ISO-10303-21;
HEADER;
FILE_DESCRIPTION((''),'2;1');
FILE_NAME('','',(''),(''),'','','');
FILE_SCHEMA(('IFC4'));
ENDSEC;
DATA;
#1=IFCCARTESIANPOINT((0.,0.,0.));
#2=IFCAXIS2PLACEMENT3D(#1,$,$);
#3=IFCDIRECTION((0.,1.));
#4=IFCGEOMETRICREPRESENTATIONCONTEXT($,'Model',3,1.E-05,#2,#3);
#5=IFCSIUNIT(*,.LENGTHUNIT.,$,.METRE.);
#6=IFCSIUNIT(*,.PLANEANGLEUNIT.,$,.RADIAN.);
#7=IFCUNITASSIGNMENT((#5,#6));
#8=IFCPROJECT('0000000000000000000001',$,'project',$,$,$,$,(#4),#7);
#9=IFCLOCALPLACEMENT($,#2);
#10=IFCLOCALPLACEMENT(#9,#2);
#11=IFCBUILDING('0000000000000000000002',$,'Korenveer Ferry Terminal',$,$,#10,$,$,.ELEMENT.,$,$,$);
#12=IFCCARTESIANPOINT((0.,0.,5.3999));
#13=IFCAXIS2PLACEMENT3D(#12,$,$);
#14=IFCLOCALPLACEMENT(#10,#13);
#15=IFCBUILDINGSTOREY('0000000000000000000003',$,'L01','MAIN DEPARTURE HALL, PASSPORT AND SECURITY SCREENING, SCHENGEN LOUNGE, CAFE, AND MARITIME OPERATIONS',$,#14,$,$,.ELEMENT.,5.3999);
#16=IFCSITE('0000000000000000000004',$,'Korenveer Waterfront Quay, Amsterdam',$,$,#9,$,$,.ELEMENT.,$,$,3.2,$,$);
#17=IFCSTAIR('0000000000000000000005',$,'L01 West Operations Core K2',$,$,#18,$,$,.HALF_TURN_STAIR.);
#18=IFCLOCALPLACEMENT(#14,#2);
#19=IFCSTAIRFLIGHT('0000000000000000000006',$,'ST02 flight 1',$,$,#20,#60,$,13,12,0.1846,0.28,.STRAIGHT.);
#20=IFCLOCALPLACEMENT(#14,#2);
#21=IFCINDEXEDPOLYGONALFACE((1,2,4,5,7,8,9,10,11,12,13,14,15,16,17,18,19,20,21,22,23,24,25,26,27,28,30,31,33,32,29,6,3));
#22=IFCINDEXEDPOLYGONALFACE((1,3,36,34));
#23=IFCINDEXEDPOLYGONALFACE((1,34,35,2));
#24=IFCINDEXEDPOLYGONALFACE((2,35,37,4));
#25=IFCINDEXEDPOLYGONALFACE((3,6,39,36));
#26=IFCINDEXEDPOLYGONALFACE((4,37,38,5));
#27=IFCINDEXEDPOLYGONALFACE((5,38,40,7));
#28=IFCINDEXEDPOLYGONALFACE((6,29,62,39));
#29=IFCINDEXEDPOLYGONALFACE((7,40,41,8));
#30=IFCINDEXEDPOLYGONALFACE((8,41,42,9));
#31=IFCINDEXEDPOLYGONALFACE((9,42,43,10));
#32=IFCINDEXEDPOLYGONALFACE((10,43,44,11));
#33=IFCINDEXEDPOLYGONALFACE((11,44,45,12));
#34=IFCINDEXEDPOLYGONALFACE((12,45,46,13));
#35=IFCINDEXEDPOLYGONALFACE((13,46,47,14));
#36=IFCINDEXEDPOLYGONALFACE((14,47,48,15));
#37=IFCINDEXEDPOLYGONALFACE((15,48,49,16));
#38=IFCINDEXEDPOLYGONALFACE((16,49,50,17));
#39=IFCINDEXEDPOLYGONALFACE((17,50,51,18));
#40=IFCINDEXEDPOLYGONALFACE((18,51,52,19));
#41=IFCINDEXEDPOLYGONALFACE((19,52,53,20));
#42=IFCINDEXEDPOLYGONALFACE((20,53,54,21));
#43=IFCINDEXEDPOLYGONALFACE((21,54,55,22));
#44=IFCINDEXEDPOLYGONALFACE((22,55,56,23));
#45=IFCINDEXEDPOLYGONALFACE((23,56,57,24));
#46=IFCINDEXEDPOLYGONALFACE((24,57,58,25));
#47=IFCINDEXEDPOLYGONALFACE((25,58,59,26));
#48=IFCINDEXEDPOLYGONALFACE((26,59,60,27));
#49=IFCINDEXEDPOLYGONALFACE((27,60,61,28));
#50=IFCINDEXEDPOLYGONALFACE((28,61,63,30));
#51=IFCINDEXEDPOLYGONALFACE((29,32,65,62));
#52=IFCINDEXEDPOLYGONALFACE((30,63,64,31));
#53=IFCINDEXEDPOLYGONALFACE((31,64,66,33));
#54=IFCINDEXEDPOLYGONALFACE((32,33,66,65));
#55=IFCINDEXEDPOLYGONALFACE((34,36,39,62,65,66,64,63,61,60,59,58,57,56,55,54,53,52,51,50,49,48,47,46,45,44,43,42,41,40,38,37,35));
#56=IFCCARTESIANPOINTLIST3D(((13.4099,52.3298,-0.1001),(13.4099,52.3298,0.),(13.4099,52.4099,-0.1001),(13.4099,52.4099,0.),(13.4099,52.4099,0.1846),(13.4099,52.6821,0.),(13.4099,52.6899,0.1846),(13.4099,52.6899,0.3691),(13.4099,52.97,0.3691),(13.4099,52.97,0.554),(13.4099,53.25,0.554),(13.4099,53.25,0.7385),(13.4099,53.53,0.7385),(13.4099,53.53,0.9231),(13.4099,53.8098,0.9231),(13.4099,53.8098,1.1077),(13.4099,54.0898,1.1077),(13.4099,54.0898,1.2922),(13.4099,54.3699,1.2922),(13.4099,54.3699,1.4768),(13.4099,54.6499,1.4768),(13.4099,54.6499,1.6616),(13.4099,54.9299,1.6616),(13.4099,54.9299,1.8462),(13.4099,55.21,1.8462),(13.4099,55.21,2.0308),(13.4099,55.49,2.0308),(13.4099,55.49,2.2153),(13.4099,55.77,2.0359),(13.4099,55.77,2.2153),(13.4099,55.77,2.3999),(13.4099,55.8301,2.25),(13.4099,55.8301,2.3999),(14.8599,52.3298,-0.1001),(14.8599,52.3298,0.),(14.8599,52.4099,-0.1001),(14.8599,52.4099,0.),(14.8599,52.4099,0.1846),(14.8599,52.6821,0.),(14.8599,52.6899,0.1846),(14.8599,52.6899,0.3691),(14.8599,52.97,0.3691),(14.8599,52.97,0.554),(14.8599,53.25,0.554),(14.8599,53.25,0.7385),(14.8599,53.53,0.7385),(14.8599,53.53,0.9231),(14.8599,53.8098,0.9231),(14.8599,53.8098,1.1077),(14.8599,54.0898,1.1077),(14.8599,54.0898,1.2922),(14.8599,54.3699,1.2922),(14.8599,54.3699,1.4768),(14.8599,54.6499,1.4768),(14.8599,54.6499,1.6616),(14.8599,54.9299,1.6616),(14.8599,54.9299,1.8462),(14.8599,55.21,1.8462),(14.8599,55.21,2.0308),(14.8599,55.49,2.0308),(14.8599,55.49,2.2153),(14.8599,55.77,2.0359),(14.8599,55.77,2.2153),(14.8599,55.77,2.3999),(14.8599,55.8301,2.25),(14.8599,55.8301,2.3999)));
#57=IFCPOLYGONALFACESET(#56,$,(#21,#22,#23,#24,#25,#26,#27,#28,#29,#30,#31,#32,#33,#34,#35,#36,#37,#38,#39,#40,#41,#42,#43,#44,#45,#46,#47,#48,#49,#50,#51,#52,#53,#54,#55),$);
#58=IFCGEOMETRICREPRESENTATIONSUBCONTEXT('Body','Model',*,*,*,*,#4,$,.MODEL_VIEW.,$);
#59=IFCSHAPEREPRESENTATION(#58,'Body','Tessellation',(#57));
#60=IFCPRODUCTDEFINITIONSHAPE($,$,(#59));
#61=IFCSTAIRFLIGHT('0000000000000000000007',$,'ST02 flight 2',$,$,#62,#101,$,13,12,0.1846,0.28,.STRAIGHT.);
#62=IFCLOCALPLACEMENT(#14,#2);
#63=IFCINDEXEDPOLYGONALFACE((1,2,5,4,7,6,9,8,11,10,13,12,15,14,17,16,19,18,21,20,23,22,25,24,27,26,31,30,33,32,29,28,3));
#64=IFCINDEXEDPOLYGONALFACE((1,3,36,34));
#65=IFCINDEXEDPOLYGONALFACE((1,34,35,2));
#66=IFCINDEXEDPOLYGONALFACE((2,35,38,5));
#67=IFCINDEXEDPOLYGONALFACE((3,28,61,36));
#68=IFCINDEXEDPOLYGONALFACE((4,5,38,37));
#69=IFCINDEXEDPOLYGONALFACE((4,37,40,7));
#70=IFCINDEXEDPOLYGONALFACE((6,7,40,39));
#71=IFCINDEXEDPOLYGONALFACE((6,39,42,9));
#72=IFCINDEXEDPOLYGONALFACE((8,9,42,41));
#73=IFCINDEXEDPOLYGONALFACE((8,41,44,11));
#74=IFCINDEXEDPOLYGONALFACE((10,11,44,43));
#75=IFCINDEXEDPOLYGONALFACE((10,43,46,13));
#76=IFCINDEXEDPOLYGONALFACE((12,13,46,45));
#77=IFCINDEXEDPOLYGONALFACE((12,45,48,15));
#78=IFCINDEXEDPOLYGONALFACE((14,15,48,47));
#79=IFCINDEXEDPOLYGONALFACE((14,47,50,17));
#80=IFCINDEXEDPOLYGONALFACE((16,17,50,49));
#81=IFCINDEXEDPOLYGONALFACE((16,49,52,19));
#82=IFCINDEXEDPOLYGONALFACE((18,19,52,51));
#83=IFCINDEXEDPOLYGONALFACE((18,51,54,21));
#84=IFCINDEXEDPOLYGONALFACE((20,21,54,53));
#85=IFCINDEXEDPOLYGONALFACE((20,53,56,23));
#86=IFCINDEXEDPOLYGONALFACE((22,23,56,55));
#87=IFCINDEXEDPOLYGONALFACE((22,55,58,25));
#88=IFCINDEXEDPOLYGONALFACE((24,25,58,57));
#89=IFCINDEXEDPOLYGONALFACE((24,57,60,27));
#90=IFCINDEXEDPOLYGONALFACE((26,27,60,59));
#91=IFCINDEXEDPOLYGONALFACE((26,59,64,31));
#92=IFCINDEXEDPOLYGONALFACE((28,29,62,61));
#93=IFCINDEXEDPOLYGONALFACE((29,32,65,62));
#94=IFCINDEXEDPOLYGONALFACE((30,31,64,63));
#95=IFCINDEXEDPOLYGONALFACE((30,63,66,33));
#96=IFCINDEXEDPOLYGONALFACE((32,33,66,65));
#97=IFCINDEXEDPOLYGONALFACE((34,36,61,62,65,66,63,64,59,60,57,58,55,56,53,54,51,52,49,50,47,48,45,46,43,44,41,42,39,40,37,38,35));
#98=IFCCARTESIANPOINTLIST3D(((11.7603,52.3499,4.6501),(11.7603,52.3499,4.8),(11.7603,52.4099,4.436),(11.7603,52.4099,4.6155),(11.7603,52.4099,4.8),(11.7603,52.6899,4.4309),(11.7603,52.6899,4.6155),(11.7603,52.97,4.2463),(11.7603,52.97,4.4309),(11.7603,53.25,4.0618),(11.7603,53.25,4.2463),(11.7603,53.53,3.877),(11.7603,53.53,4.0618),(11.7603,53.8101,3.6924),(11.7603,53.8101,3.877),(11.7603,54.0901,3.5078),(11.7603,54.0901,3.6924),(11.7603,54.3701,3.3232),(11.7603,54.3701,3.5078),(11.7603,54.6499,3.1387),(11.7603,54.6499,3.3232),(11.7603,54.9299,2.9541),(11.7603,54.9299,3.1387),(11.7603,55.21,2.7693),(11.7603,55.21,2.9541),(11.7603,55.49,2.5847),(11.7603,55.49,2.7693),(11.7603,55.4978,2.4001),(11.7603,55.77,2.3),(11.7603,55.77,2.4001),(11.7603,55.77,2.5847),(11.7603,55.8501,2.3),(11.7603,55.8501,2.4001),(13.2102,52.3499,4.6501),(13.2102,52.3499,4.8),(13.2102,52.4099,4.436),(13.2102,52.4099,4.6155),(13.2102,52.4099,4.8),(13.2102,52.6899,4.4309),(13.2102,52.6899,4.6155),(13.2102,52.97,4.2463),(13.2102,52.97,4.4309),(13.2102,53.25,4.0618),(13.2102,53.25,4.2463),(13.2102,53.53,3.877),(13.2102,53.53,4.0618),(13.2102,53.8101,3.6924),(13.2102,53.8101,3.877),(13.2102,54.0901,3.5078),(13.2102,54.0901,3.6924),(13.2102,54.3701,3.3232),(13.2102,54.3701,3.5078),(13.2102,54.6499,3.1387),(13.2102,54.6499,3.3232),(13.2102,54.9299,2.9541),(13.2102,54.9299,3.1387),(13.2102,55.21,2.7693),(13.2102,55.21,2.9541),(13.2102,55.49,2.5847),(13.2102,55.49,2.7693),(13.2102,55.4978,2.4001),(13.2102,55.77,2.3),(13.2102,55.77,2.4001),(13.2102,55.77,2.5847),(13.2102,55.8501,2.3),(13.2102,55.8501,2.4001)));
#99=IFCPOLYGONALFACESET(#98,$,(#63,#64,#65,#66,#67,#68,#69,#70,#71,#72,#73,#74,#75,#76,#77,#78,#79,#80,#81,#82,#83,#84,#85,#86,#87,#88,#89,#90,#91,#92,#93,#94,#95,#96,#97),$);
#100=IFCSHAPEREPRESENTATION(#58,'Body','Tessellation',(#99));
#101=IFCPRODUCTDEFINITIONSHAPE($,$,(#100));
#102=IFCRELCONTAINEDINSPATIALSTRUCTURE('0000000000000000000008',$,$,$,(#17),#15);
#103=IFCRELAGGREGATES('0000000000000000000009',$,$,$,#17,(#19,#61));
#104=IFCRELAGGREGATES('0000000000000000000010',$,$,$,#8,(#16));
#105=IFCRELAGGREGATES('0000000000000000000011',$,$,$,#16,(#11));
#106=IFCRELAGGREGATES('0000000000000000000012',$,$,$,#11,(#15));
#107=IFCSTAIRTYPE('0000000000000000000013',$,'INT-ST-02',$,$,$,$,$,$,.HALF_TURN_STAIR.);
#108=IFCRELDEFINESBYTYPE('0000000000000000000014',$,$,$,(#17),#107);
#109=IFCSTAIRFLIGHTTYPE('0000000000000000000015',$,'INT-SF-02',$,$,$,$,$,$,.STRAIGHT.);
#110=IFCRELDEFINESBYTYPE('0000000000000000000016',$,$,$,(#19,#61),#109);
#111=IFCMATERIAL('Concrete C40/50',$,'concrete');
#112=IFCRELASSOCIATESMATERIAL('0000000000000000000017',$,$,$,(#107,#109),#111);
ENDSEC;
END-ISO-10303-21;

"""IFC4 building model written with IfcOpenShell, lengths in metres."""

from ifc_helpers import new_model, si_unit, direction, frame, origin, place, context, subcontext, project, spatial, polyline, outline, extrude, material, type_object, element, aggregate, save


model = new_model("IFC4")

# Units and contexts
model_context = context("Model", 3, precision=1e-05, world=origin(), true_north=direction((0.0, 1.0)))
body_context = subcontext(model_context, "Body", "Model", "MODEL_VIEW")
ifc_project = project(units=[si_unit("LENGTHUNIT", "METRE"), si_unit("PLANEANGLEUNIT", "RADIAN")], contexts=[model_context])

# Site, building, storey
site_placement = place(None, origin())
site = spatial("IfcSite", under=ifc_project, at=site_placement, Name="Korenveer Waterfront Quay, Amsterdam", CompositionType="ELEMENT", RefElevation=3.2)
building_placement = place(site_placement, origin())
building = spatial("IfcBuilding", under=site, at=building_placement, Name="Korenveer Ferry Terminal", CompositionType="ELEMENT")
storey_placement = place(building_placement, frame((0.0, 0.0, 5.3999)))
storey = spatial("IfcBuildingStorey", under=building, at=storey_placement, Name="L01", Description="MAIN DEPARTURE HALL, PASSPORT AND SECURITY SCREENING, SCHENGEN LOUNGE, CAFE, AND MARITIME OPERATIONS", CompositionType="ELEMENT", Elevation=5.3999)

# Stair, stair flights
ifc_material_1 = material(Name="Concrete C40/50", Category="concrete")
stair_type = type_object("IfcStairType", Name="INT-ST-02", PredefinedType="HALF_TURN_STAIR", material=ifc_material_1)
stair_placement = place(storey_placement, frame((14.135, 52.4099, 0.0)))
stair = element("IfcStair", 1, at=stair_placement, inside=storey, type_object=stair_type, Name="L01 West Operations Core K2", PredefinedType="HALF_TURN_STAIR")
stair_flight_type = type_object("IfcStairFlightType", Name="INT-SF-02", PredefinedType="STRAIGHT", material=ifc_material_1)
stair_flight_1_placement = place(storey_placement, frame((14.135, 52.4099, 0.0), z_axis=(0.0, 0.0, 1.0), x_axis=(0.0, 1.0, 0.0)))
stair_flight_1 = element("IfcStairFlight", 2, at=stair_flight_1_placement, type_object=stair_flight_type, Name="ST02 flight 1", NumberOfRisers=13, NumberOfTreads=12, PredefinedType="STRAIGHT", RiserHeight=0.1846, TreadLength=0.28, context=body_context, shape_type="SweptSolid", body=[
    extrude(outline(polyline([(-0.0801, 0.0), (0.0, 0.0), (0.0, 0.1846), (0.28, 0.1846), (0.28, 0.3691), (0.5601, 0.3691), (0.5601, 0.554), (0.8401, 0.554), (0.8401, 0.7385), (1.1201, 0.7385), (1.1201, 0.9231), (1.3999, 0.9231), (1.3999, 1.1077), (1.6799, 1.1077), (1.6799, 1.2922), (1.96, 1.2922), (1.96, 1.4768), (2.24, 1.4768), (2.24, 1.6616), (2.52, 1.6616), (2.52, 1.8462), (2.8, 1.8462), (2.8, 2.0308), (3.0801, 2.0308), (3.0801, 2.2153), (3.3601, 2.2153), (3.3601, 2.3999), (3.4202, 2.3999), (3.4202, 2.25), (3.3601, 2.0359), (0.2722, 0.0), (0.0, -0.1001), (-0.0801, -0.1001), (-0.0801, 0.0)])), frame((0.0, 0.7251, 0.0), z_axis=(0.0, -1.0, 0.0), x_axis=(1.0, 0.0, 0.0)), (0.0, 0.0, 1.0), 1.45),
])
stair_flight_2_placement = place(storey_placement, frame((12.4851, 55.77, 2.4001), z_axis=(0.0, 0.0, 1.0), x_axis=(0.0, -1.0, 0.0)))
stair_flight_2 = element("IfcStairFlight", 3, at=stair_flight_2_placement, type_object=stair_flight_type, Name="ST02 flight 2", NumberOfRisers=13, NumberOfTreads=12, PredefinedType="STRAIGHT", RiserHeight=0.1846, TreadLength=0.28, context=body_context, shape_type="SweptSolid", body=[
    extrude(outline(polyline([(-0.0801, 0.0), (0.0, 0.0), (0.0, 0.1846), (0.28, 0.1846), (0.28, 0.3691), (0.5601, 0.3691), (0.5601, 0.554), (0.8401, 0.554), (0.8401, 0.7385), (1.1201, 0.7385), (1.1201, 0.9231), (1.3999, 0.9231), (1.3999, 1.1077), (1.6799, 1.1077), (1.6799, 1.2922), (1.96, 1.2922), (1.96, 1.4768), (2.24, 1.4768), (2.24, 1.6616), (2.52, 1.6616), (2.52, 1.8462), (2.8, 1.8462), (2.8, 2.0308), (3.0801, 2.0308), (3.0801, 2.2153), (3.3601, 2.2153), (3.3601, 2.3999), (3.4202, 2.3999), (3.4202, 2.25), (3.3601, 2.0359), (0.2722, 0.0), (0.0, -0.1001), (-0.0801, -0.1001), (-0.0801, 0.0)])), frame((0.0, 0.7251, 0.0), z_axis=(0.0, -1.0, 0.0), x_axis=(1.0, 0.0, 0.0)), (0.0, 0.0, 1.0), 1.45),
])
aggregate(stair, [stair_flight_1, stair_flight_2])

save(model, "model.ifc")
